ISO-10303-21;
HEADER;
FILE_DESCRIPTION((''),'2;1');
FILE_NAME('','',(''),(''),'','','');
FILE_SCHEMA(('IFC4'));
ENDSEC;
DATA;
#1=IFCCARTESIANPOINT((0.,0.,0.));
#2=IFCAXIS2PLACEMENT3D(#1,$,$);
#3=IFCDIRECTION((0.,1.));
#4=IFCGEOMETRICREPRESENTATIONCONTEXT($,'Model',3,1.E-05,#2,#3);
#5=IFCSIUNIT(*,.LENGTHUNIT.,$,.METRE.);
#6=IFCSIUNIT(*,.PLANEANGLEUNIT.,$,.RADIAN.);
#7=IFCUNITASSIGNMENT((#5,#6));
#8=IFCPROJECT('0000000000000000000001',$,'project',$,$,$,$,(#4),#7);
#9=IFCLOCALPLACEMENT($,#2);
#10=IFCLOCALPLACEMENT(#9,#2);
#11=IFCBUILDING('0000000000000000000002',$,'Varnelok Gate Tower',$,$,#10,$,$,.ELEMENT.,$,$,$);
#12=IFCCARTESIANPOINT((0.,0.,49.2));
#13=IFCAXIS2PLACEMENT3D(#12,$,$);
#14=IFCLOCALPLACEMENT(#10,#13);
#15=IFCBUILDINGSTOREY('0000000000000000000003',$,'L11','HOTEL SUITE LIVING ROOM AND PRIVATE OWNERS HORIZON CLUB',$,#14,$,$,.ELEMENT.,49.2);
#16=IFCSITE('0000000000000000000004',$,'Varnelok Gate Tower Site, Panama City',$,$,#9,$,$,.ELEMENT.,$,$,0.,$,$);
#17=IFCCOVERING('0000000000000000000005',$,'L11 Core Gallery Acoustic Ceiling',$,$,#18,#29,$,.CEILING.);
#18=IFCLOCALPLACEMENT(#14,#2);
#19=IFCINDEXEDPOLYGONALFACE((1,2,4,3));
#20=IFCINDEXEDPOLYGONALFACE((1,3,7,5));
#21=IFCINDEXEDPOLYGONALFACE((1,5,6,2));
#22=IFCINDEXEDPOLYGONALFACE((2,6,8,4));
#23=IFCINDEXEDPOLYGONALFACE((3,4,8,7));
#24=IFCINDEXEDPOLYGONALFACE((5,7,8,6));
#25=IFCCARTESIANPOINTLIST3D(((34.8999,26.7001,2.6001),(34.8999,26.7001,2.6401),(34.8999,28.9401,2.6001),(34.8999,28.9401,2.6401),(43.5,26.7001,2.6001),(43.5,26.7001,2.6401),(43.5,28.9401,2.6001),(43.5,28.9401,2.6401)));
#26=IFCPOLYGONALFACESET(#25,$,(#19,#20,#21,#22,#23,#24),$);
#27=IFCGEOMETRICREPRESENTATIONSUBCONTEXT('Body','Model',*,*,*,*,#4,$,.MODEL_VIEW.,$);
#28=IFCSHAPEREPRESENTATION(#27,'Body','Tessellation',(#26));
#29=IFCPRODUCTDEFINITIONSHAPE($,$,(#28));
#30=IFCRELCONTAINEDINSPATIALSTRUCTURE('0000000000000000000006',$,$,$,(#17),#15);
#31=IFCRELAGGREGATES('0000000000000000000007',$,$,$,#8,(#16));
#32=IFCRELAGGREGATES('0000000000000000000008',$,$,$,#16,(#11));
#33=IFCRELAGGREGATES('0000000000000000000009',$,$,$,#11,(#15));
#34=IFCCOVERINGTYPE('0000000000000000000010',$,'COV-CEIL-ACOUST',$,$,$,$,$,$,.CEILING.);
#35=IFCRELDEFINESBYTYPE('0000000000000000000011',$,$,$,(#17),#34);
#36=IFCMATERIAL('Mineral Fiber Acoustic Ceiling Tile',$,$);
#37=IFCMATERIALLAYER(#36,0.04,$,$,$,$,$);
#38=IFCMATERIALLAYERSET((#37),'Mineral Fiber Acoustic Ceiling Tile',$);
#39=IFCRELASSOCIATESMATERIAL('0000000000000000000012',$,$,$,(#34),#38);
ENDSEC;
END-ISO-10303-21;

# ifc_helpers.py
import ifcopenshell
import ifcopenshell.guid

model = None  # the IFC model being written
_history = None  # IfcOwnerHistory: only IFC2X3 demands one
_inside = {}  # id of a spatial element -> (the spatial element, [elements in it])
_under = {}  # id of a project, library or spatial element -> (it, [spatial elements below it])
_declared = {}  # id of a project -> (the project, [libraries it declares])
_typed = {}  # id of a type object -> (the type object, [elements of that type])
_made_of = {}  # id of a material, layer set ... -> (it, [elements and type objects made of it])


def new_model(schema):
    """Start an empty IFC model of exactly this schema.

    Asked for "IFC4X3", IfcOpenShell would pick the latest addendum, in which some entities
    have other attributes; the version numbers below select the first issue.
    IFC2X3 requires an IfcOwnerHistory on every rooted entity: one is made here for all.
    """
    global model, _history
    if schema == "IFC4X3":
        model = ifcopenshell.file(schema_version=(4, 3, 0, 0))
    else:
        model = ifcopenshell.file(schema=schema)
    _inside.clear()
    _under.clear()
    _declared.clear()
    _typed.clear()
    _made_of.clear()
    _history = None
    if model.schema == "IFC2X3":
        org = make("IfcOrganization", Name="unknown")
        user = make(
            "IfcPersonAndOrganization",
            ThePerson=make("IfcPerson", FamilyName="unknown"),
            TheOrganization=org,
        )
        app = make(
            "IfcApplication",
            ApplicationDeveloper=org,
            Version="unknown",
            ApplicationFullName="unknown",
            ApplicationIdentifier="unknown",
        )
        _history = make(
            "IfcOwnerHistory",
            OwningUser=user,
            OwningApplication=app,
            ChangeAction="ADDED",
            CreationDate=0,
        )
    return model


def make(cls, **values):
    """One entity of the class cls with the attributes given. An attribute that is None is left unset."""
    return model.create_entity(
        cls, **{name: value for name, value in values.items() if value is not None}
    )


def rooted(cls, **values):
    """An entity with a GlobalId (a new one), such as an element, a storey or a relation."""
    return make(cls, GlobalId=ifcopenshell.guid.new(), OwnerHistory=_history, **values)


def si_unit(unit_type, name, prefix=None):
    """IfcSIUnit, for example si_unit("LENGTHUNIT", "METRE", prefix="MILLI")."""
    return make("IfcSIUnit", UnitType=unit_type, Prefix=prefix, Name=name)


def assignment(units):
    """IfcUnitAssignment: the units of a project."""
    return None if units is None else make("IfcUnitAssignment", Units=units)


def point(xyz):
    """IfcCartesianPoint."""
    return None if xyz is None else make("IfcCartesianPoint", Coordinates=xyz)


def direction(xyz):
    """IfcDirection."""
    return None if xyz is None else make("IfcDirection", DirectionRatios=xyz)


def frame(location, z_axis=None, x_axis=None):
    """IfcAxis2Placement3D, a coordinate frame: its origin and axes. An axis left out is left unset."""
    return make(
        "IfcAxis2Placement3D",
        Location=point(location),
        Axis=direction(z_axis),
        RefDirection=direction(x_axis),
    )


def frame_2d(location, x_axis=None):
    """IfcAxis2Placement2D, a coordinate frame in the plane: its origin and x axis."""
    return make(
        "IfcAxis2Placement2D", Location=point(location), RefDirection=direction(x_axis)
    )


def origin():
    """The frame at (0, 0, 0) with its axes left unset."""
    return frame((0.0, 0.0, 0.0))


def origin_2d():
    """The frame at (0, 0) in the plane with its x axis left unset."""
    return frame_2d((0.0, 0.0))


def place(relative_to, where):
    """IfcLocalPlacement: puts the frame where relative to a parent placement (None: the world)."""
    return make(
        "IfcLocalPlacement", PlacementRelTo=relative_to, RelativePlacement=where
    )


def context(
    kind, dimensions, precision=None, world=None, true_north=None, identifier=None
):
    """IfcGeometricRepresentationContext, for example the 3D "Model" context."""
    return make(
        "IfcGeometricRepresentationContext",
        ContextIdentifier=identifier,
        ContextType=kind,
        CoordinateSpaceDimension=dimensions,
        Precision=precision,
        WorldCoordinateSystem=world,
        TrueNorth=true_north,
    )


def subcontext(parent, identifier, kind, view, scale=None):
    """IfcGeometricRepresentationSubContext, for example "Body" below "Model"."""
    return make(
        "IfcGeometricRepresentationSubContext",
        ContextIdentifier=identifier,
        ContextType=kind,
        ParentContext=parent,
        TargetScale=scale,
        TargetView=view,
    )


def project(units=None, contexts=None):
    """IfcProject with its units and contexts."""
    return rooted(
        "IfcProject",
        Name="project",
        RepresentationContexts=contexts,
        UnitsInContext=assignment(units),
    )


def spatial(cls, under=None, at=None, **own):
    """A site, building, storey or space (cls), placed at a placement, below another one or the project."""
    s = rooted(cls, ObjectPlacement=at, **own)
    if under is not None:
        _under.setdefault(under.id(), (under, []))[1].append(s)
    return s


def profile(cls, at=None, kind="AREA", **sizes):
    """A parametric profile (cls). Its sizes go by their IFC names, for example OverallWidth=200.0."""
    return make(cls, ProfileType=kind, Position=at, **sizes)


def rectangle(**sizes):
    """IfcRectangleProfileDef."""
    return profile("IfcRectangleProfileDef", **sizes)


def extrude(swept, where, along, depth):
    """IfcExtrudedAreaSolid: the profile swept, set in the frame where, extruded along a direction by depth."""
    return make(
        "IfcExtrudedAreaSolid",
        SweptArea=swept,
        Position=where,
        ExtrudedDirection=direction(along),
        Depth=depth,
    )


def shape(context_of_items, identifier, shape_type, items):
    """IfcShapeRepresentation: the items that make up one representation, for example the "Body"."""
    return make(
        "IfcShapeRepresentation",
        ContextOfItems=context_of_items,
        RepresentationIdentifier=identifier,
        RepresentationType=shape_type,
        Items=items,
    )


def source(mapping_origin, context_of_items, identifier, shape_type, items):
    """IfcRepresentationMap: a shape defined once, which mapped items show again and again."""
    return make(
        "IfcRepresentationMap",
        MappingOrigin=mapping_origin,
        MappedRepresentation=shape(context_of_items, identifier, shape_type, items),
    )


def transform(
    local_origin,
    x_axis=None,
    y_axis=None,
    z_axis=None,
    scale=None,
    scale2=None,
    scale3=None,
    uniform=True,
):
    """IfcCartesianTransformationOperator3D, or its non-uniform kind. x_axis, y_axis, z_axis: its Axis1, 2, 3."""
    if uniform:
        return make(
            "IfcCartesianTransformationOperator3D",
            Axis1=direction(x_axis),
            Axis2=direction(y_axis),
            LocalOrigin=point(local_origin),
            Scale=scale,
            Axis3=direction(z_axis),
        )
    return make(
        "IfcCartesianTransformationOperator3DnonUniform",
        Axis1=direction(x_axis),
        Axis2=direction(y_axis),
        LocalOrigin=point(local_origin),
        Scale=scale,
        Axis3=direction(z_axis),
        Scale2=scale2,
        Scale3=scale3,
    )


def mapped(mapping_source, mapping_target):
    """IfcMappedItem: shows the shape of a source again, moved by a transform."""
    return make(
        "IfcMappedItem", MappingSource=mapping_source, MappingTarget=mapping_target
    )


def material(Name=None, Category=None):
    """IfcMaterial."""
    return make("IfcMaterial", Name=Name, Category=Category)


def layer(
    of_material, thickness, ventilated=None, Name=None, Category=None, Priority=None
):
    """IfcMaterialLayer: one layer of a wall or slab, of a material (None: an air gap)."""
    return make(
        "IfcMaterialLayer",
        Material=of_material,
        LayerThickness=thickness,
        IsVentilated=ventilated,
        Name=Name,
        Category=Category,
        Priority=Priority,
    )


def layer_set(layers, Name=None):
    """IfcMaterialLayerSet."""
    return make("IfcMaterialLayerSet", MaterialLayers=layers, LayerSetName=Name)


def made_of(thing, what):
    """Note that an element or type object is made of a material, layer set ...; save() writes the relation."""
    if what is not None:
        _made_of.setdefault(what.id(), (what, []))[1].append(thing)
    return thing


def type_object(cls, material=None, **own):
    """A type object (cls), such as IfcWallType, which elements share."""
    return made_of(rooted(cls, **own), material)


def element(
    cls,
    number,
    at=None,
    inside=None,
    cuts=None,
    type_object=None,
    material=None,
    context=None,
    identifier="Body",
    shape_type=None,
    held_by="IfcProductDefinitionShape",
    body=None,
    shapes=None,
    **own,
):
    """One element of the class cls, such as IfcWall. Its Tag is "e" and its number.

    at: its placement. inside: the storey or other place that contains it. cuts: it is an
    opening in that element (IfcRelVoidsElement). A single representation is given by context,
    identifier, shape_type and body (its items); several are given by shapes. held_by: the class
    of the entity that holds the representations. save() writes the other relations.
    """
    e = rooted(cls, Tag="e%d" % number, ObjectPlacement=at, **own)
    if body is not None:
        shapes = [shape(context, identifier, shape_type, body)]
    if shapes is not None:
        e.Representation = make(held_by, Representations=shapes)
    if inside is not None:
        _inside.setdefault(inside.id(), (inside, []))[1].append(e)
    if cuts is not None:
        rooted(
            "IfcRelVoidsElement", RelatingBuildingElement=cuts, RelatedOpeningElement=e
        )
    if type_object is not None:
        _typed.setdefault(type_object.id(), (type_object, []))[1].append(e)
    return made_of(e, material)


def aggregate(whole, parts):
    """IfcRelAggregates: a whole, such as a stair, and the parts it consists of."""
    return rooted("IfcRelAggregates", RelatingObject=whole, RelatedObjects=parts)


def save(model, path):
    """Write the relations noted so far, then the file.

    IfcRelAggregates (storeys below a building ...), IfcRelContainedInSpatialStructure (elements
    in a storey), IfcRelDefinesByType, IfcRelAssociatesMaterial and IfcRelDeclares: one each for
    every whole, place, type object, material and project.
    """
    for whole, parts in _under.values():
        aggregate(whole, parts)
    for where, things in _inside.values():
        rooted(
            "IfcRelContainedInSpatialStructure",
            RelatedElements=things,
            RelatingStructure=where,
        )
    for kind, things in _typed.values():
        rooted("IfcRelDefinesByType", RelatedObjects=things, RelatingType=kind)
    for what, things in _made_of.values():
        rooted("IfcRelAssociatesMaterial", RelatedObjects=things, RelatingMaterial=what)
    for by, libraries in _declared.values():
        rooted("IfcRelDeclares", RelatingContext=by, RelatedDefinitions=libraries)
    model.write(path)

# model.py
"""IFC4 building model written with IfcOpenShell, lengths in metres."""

from ifc_helpers import new_model, si_unit, direction, frame, origin, origin_2d, place, context, subcontext, project, spatial, rectangle, extrude, source, transform, mapped, material, layer, layer_set, type_object, element, save


model = new_model("IFC4")

# Units and contexts
model_context = context("Model", 3, precision=1e-05, world=origin(), true_north=direction((0.0, 1.0)))
body_context = subcontext(model_context, "Body", "Model", "MODEL_VIEW")
ifc_project = project(units=[si_unit("LENGTHUNIT", "METRE"), si_unit("PLANEANGLEUNIT", "RADIAN")], contexts=[model_context])

# Site, building, storey
site_placement = place(None, origin())
site = spatial("IfcSite", under=ifc_project, at=site_placement, Name="Varnelok Gate Tower Site, Panama City", CompositionType="ELEMENT", RefElevation=0.0)
building_placement = place(site_placement, origin())
building = spatial("IfcBuilding", under=site, at=building_placement, Name="Varnelok Gate Tower", CompositionType="ELEMENT")
storey_placement = place(building_placement, frame((0.0, 0.0, 49.2)))
storey = spatial("IfcBuildingStorey", under=building, at=storey_placement, Name="L11", Description="HOTEL SUITE LIVING ROOM AND PRIVATE OWNERS HORIZON CLUB", CompositionType="ELEMENT", Elevation=49.2)

# Covering
ifc_material_1 = material(Name="Mineral Fiber Acoustic Ceiling Tile")
ifc_layer_1 = layer(ifc_material_1, 0.04)
ifc_layer_set_1 = layer_set([ifc_layer_1], Name="Mineral Fiber Acoustic Ceiling Tile")
covering_type_1 = type_object("IfcCoveringType", Name="COV-CEIL-ACOUST", PredefinedType="CEILING", material=ifc_layer_set_1)
shared_shape_1 = source(origin(), body_context, "Body", "SweptSolid", [
    extrude(rectangle(XDim=8.6001, YDim=2.24, at=origin_2d()), origin(), (0.0, 0.0, 1.0), 0.04),
])
covering_1_placement = place(storey_placement, frame((39.2, 27.8201, 2.6001), z_axis=(0.0, 0.0, 1.0), x_axis=(1.0, 0.0, 0.0)))
element("IfcCovering", 1, at=covering_1_placement, inside=storey, type_object=covering_type_1, Name="L11 Core Gallery Acoustic Ceiling", PredefinedType="CEILING", context=body_context, shape_type="MappedRepresentation", body=[
    mapped(shared_shape_1, transform((0.0, 0.0, 0.0), scale=1.0)),
])

save(model, "model.ifc")
